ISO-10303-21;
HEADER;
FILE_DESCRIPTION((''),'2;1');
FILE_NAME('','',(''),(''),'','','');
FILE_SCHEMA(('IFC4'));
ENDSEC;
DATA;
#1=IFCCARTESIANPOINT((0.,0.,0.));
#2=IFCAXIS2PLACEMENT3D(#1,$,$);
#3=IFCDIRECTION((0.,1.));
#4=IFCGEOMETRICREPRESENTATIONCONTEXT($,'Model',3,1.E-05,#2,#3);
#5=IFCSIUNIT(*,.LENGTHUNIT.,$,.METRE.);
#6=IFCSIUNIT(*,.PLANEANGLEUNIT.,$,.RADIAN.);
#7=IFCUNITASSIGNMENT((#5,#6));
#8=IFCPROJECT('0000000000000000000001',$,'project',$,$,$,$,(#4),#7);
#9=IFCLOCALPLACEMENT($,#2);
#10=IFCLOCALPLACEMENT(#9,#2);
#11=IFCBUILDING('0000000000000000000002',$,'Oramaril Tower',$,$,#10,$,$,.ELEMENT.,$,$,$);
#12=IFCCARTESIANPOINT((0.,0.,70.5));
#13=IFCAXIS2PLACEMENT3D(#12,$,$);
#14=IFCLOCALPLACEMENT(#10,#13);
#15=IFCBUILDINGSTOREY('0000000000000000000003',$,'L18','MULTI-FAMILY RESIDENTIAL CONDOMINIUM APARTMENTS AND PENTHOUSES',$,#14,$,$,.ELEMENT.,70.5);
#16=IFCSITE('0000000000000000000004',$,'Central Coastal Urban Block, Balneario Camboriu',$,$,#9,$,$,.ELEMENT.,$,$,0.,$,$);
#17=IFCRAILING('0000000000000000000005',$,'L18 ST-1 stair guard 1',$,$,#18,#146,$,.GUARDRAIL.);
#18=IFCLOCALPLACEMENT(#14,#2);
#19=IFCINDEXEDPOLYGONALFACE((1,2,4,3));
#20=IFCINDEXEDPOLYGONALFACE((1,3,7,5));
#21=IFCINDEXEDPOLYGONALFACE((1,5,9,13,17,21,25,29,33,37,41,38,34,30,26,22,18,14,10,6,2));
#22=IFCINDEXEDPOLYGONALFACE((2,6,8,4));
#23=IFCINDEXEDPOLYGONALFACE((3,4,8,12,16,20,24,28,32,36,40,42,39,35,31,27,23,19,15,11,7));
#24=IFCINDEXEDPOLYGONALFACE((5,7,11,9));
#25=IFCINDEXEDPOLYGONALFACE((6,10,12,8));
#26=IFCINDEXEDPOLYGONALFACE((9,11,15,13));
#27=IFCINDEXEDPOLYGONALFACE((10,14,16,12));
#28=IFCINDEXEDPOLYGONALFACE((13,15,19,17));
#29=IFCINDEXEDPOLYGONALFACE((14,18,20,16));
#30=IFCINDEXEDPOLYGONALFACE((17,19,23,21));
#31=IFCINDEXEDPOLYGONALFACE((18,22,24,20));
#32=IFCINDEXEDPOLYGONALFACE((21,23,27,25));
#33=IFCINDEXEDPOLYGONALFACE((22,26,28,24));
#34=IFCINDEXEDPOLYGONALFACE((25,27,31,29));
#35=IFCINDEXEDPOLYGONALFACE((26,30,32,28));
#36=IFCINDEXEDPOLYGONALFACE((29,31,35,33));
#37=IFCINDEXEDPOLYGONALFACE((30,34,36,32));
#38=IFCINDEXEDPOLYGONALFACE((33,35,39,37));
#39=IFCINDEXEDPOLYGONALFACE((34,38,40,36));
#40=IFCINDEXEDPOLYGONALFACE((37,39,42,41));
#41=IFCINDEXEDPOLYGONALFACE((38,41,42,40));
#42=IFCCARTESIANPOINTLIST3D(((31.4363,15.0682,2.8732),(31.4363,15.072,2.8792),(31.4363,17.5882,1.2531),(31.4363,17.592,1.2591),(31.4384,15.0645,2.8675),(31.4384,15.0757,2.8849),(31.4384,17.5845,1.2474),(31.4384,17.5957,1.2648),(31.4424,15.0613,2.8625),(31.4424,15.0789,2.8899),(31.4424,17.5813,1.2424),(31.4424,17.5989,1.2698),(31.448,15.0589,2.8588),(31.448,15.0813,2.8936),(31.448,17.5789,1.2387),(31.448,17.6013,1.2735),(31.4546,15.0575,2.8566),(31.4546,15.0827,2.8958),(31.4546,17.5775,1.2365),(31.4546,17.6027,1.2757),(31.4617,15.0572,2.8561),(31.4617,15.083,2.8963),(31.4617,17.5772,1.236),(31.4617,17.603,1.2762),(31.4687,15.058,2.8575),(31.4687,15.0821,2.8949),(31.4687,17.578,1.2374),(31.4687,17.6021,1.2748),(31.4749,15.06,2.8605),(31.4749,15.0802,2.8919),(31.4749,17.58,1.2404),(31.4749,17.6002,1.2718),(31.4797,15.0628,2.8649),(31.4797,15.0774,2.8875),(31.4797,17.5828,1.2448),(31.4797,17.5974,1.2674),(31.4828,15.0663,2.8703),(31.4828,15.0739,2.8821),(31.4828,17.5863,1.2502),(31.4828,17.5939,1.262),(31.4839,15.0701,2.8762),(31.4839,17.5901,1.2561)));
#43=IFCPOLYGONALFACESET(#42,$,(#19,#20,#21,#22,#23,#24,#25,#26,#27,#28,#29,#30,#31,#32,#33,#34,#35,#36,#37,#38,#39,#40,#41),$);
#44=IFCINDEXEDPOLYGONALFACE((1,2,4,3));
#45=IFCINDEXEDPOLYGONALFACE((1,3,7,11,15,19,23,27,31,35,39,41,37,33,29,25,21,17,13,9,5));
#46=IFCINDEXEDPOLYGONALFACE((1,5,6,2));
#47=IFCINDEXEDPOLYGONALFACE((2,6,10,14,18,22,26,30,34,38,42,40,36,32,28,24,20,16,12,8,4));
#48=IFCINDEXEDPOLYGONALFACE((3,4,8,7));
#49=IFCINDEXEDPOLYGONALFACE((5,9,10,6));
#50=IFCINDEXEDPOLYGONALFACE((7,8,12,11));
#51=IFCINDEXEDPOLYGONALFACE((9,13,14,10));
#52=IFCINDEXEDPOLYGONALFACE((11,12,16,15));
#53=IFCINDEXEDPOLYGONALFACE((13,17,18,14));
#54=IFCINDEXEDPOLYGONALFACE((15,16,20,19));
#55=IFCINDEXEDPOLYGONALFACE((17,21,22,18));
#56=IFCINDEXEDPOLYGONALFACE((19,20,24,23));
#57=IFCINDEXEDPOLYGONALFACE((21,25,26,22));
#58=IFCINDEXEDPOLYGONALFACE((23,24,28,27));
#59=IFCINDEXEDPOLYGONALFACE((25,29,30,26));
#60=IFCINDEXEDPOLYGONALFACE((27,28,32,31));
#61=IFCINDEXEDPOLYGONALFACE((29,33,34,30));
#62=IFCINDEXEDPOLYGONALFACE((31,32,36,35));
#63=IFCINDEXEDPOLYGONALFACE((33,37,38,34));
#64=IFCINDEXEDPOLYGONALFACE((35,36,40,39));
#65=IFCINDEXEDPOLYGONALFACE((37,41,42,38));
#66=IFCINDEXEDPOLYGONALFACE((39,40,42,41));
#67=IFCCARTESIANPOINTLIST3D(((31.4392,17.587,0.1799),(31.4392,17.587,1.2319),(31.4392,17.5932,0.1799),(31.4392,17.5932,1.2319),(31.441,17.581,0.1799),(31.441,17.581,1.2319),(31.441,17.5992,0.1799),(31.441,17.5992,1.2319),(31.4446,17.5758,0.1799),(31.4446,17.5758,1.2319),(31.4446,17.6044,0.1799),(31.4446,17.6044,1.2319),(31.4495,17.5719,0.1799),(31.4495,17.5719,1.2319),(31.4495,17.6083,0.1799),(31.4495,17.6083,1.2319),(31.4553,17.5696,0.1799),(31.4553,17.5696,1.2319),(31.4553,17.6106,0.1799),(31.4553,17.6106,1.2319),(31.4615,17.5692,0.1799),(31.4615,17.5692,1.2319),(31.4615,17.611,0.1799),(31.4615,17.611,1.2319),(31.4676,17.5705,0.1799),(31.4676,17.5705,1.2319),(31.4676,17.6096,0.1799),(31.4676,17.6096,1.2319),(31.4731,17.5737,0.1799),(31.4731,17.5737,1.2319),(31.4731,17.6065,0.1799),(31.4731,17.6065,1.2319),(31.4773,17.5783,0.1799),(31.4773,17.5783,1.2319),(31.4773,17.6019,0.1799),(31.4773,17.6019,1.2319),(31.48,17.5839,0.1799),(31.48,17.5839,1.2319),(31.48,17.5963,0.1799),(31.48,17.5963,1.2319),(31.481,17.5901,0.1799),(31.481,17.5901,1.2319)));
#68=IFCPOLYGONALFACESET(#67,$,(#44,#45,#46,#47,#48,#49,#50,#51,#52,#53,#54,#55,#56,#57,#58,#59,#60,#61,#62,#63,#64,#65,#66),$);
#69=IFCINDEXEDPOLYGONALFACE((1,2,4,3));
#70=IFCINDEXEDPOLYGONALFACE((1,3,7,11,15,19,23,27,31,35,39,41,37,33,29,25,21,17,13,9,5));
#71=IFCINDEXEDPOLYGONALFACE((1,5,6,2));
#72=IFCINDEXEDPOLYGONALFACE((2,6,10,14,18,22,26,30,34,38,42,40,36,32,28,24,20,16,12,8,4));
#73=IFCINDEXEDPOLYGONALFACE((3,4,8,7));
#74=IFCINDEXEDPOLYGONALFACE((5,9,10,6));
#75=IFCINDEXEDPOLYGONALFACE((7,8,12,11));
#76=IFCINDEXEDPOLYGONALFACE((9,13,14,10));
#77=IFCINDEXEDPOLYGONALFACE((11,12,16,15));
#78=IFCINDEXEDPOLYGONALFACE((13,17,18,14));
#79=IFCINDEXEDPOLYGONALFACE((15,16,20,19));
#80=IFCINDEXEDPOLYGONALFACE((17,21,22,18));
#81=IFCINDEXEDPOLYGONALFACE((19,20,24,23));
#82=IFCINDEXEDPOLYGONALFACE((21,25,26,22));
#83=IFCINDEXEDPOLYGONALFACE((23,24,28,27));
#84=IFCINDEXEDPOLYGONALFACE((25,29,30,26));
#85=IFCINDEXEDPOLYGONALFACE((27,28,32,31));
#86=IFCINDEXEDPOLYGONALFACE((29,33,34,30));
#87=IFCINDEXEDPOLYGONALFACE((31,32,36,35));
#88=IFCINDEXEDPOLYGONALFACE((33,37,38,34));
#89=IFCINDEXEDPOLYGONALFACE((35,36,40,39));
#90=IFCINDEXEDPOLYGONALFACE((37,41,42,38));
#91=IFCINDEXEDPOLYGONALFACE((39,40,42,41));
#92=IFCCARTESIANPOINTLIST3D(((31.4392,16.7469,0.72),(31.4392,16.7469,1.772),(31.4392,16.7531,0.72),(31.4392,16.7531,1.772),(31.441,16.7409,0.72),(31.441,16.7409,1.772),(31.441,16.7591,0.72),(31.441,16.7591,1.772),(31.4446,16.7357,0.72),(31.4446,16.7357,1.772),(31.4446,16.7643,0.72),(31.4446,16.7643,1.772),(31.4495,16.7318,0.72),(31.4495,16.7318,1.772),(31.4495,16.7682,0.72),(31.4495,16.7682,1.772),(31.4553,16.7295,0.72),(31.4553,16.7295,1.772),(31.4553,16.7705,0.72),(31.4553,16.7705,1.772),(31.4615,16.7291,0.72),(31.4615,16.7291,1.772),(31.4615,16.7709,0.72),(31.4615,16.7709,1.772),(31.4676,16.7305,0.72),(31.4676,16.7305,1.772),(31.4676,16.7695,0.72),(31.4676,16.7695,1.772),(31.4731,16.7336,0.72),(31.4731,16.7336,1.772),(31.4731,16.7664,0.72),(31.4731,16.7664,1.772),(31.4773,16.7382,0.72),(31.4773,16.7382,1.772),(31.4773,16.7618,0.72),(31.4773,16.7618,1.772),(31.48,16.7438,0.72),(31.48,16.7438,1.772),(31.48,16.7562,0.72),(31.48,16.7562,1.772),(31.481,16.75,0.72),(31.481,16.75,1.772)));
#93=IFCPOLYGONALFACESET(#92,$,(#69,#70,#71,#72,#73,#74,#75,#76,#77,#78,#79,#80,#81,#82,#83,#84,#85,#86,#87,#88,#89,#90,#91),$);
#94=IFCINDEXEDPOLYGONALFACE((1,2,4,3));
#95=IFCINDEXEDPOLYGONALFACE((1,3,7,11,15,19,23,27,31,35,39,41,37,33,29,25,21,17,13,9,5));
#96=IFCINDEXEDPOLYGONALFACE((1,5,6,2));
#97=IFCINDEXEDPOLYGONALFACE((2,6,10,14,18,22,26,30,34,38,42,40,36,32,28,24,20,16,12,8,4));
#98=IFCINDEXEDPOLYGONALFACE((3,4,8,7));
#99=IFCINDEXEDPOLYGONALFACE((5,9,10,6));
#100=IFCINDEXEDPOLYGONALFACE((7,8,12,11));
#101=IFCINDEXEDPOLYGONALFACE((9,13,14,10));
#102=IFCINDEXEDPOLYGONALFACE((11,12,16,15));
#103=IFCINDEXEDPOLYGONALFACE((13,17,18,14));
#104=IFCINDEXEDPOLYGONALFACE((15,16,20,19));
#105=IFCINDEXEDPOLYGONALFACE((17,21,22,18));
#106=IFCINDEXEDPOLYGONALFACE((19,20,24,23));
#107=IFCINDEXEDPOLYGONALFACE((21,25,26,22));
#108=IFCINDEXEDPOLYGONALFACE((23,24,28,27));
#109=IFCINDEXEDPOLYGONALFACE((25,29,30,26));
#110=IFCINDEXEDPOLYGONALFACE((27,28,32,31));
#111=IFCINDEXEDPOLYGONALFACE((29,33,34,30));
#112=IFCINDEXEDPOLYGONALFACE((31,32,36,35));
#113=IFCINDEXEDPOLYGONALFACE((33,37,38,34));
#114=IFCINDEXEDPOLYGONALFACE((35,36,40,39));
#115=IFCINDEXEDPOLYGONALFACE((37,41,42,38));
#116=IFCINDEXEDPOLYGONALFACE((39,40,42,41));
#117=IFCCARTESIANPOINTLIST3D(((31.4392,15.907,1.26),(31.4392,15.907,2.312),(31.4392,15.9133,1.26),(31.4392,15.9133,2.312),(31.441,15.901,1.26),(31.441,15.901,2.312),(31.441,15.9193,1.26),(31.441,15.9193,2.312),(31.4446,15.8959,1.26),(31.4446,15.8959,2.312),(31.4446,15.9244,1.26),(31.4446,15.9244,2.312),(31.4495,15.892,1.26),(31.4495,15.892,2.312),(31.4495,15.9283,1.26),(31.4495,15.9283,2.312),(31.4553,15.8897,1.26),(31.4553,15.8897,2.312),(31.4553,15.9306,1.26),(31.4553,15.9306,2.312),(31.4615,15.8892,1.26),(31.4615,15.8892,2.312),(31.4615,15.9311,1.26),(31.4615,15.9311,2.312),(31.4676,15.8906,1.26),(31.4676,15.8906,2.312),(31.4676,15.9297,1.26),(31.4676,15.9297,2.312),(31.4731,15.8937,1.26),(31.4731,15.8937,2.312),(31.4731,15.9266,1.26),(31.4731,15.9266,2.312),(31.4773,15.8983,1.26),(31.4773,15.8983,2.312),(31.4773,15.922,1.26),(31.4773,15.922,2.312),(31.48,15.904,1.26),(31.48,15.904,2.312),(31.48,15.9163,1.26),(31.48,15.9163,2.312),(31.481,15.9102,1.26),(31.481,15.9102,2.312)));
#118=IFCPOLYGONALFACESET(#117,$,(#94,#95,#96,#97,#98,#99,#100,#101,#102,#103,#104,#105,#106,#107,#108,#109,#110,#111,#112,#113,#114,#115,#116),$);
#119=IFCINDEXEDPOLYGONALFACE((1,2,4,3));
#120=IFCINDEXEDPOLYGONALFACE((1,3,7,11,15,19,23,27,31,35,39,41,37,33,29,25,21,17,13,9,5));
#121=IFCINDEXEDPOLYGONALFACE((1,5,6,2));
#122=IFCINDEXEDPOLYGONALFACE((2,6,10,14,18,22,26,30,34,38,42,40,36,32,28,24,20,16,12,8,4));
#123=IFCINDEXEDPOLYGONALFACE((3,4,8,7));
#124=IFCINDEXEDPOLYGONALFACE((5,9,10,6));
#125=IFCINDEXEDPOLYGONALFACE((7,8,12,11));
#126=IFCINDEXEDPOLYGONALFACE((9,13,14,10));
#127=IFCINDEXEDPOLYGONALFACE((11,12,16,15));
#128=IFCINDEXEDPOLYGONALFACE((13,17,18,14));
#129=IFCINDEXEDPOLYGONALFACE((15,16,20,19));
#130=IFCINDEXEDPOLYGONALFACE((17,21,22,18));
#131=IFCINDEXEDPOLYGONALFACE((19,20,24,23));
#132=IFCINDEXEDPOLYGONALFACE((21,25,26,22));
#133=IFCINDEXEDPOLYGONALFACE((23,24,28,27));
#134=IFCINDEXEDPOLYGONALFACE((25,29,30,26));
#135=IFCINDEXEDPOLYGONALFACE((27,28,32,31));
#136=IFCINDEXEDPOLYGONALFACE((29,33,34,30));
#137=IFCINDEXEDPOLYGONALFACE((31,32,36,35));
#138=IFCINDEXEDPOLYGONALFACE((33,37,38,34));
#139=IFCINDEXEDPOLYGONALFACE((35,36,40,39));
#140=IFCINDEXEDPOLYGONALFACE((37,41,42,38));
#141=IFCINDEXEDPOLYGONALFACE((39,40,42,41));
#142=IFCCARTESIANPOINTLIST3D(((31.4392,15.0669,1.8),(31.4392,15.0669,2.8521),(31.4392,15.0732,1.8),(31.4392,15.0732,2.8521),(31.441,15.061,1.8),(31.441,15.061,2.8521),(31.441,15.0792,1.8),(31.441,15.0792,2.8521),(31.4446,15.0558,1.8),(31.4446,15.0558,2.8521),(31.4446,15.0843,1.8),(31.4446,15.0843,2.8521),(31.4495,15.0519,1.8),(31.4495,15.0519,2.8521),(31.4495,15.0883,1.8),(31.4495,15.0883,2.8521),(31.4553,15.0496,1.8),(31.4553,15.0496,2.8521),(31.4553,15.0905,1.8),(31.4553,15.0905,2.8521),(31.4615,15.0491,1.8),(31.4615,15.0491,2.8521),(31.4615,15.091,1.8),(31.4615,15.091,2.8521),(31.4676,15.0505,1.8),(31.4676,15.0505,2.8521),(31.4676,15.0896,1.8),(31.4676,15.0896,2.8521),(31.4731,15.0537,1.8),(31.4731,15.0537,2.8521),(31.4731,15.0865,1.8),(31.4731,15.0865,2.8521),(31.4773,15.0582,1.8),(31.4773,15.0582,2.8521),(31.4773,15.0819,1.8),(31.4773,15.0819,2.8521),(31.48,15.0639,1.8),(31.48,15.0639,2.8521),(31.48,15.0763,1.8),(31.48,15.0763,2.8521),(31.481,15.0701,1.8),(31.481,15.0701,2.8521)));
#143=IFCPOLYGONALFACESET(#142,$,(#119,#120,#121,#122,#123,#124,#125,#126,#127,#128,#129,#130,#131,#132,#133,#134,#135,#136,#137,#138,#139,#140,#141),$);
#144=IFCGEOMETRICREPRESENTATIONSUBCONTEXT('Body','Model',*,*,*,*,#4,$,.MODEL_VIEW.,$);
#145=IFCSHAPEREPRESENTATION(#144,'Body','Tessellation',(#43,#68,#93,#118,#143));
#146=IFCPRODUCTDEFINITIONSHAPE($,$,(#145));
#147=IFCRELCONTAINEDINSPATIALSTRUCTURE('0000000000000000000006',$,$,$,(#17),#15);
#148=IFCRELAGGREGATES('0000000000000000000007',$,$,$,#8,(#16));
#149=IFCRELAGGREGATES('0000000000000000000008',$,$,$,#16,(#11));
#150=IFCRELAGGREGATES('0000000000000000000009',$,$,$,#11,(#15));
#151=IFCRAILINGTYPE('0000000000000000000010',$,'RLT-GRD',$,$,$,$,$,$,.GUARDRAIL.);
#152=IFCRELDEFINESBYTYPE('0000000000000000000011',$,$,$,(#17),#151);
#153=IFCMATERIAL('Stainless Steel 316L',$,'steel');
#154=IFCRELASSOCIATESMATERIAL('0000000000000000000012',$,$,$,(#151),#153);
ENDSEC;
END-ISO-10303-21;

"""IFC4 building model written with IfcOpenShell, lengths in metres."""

from ifc_helpers import new_model, si_unit, direction, frame, origin, origin_2d, place, context, subcontext, project, spatial, circle, extrude, material, type_object, element, save


model = new_model("IFC4")

# Units and contexts
model_context = context("Model", 3, precision=1e-05, world=origin(), true_north=direction((0.0, 1.0)))
body_context = subcontext(model_context, "Body", "Model", "MODEL_VIEW")
ifc_project = project(units=[si_unit("LENGTHUNIT", "METRE"), si_unit("PLANEANGLEUNIT", "RADIAN")], contexts=[model_context])

# Site, building, storey
site_placement = place(None, origin())
site = spatial("IfcSite", under=ifc_project, at=site_placement, Name="Central Coastal Urban Block, Balneario Camboriu", CompositionType="ELEMENT", RefElevation=0.0)
building_placement = place(site_placement, origin())
building = spatial("IfcBuilding", under=site, at=building_placement, Name="Oramaril Tower", CompositionType="ELEMENT")
storey_placement = place(building_placement, frame((0.0, 0.0, 70.5)))
storey = spatial("IfcBuildingStorey", under=building, at=storey_placement, Name="L18", Description="MULTI-FAMILY RESIDENTIAL CONDOMINIUM APARTMENTS AND PENTHOUSES", CompositionType="ELEMENT", Elevation=70.5)

# Railing
ifc_material_1 = material(Name="Stainless Steel 316L", Category="steel")
railing_type_1 = type_object("IfcRailingType", Name="RLT-GRD", PredefinedType="GUARDRAIL", material=ifc_material_1)
railing_1_placement = place(storey_placement, frame((31.46, 17.5901, 0.1799)))
element("IfcRailing", 1, at=railing_1_placement, inside=storey, type_object=railing_type_1, Name="L18 ST-1 stair guard 1", PredefinedType="GUARDRAIL", context=body_context, shape_type="SweptSolid", body=[
    extrude(circle(Radius=0.0239, at=origin_2d()), frame((0.0, 0.0, 1.0762), z_axis=(0.0, -0.841163, 0.540782), x_axis=(1.0, 0.0, 0.0)), (0.0, 0.0, 1.0), 2.9958),
    extrude(circle(Radius=0.021, at=origin_2d()), origin(), (0.0, 0.0, 1.0), 1.052),
    extrude(circle(Radius=0.021, at=origin_2d()), frame((0.0, -0.8401, 0.54)), (0.0, 0.0, 1.0), 1.052),
    extrude(circle(Radius=0.021, at=origin_2d()), frame((0.0, -1.6799, 1.0801)), (0.0, 0.0, 1.0), 1.052),
    extrude(circle(Radius=0.021, at=origin_2d()), frame((0.0, -2.52, 1.6201)), (0.0, 0.0, 1.0), 1.052),
])

save(model, "model.ifc")
